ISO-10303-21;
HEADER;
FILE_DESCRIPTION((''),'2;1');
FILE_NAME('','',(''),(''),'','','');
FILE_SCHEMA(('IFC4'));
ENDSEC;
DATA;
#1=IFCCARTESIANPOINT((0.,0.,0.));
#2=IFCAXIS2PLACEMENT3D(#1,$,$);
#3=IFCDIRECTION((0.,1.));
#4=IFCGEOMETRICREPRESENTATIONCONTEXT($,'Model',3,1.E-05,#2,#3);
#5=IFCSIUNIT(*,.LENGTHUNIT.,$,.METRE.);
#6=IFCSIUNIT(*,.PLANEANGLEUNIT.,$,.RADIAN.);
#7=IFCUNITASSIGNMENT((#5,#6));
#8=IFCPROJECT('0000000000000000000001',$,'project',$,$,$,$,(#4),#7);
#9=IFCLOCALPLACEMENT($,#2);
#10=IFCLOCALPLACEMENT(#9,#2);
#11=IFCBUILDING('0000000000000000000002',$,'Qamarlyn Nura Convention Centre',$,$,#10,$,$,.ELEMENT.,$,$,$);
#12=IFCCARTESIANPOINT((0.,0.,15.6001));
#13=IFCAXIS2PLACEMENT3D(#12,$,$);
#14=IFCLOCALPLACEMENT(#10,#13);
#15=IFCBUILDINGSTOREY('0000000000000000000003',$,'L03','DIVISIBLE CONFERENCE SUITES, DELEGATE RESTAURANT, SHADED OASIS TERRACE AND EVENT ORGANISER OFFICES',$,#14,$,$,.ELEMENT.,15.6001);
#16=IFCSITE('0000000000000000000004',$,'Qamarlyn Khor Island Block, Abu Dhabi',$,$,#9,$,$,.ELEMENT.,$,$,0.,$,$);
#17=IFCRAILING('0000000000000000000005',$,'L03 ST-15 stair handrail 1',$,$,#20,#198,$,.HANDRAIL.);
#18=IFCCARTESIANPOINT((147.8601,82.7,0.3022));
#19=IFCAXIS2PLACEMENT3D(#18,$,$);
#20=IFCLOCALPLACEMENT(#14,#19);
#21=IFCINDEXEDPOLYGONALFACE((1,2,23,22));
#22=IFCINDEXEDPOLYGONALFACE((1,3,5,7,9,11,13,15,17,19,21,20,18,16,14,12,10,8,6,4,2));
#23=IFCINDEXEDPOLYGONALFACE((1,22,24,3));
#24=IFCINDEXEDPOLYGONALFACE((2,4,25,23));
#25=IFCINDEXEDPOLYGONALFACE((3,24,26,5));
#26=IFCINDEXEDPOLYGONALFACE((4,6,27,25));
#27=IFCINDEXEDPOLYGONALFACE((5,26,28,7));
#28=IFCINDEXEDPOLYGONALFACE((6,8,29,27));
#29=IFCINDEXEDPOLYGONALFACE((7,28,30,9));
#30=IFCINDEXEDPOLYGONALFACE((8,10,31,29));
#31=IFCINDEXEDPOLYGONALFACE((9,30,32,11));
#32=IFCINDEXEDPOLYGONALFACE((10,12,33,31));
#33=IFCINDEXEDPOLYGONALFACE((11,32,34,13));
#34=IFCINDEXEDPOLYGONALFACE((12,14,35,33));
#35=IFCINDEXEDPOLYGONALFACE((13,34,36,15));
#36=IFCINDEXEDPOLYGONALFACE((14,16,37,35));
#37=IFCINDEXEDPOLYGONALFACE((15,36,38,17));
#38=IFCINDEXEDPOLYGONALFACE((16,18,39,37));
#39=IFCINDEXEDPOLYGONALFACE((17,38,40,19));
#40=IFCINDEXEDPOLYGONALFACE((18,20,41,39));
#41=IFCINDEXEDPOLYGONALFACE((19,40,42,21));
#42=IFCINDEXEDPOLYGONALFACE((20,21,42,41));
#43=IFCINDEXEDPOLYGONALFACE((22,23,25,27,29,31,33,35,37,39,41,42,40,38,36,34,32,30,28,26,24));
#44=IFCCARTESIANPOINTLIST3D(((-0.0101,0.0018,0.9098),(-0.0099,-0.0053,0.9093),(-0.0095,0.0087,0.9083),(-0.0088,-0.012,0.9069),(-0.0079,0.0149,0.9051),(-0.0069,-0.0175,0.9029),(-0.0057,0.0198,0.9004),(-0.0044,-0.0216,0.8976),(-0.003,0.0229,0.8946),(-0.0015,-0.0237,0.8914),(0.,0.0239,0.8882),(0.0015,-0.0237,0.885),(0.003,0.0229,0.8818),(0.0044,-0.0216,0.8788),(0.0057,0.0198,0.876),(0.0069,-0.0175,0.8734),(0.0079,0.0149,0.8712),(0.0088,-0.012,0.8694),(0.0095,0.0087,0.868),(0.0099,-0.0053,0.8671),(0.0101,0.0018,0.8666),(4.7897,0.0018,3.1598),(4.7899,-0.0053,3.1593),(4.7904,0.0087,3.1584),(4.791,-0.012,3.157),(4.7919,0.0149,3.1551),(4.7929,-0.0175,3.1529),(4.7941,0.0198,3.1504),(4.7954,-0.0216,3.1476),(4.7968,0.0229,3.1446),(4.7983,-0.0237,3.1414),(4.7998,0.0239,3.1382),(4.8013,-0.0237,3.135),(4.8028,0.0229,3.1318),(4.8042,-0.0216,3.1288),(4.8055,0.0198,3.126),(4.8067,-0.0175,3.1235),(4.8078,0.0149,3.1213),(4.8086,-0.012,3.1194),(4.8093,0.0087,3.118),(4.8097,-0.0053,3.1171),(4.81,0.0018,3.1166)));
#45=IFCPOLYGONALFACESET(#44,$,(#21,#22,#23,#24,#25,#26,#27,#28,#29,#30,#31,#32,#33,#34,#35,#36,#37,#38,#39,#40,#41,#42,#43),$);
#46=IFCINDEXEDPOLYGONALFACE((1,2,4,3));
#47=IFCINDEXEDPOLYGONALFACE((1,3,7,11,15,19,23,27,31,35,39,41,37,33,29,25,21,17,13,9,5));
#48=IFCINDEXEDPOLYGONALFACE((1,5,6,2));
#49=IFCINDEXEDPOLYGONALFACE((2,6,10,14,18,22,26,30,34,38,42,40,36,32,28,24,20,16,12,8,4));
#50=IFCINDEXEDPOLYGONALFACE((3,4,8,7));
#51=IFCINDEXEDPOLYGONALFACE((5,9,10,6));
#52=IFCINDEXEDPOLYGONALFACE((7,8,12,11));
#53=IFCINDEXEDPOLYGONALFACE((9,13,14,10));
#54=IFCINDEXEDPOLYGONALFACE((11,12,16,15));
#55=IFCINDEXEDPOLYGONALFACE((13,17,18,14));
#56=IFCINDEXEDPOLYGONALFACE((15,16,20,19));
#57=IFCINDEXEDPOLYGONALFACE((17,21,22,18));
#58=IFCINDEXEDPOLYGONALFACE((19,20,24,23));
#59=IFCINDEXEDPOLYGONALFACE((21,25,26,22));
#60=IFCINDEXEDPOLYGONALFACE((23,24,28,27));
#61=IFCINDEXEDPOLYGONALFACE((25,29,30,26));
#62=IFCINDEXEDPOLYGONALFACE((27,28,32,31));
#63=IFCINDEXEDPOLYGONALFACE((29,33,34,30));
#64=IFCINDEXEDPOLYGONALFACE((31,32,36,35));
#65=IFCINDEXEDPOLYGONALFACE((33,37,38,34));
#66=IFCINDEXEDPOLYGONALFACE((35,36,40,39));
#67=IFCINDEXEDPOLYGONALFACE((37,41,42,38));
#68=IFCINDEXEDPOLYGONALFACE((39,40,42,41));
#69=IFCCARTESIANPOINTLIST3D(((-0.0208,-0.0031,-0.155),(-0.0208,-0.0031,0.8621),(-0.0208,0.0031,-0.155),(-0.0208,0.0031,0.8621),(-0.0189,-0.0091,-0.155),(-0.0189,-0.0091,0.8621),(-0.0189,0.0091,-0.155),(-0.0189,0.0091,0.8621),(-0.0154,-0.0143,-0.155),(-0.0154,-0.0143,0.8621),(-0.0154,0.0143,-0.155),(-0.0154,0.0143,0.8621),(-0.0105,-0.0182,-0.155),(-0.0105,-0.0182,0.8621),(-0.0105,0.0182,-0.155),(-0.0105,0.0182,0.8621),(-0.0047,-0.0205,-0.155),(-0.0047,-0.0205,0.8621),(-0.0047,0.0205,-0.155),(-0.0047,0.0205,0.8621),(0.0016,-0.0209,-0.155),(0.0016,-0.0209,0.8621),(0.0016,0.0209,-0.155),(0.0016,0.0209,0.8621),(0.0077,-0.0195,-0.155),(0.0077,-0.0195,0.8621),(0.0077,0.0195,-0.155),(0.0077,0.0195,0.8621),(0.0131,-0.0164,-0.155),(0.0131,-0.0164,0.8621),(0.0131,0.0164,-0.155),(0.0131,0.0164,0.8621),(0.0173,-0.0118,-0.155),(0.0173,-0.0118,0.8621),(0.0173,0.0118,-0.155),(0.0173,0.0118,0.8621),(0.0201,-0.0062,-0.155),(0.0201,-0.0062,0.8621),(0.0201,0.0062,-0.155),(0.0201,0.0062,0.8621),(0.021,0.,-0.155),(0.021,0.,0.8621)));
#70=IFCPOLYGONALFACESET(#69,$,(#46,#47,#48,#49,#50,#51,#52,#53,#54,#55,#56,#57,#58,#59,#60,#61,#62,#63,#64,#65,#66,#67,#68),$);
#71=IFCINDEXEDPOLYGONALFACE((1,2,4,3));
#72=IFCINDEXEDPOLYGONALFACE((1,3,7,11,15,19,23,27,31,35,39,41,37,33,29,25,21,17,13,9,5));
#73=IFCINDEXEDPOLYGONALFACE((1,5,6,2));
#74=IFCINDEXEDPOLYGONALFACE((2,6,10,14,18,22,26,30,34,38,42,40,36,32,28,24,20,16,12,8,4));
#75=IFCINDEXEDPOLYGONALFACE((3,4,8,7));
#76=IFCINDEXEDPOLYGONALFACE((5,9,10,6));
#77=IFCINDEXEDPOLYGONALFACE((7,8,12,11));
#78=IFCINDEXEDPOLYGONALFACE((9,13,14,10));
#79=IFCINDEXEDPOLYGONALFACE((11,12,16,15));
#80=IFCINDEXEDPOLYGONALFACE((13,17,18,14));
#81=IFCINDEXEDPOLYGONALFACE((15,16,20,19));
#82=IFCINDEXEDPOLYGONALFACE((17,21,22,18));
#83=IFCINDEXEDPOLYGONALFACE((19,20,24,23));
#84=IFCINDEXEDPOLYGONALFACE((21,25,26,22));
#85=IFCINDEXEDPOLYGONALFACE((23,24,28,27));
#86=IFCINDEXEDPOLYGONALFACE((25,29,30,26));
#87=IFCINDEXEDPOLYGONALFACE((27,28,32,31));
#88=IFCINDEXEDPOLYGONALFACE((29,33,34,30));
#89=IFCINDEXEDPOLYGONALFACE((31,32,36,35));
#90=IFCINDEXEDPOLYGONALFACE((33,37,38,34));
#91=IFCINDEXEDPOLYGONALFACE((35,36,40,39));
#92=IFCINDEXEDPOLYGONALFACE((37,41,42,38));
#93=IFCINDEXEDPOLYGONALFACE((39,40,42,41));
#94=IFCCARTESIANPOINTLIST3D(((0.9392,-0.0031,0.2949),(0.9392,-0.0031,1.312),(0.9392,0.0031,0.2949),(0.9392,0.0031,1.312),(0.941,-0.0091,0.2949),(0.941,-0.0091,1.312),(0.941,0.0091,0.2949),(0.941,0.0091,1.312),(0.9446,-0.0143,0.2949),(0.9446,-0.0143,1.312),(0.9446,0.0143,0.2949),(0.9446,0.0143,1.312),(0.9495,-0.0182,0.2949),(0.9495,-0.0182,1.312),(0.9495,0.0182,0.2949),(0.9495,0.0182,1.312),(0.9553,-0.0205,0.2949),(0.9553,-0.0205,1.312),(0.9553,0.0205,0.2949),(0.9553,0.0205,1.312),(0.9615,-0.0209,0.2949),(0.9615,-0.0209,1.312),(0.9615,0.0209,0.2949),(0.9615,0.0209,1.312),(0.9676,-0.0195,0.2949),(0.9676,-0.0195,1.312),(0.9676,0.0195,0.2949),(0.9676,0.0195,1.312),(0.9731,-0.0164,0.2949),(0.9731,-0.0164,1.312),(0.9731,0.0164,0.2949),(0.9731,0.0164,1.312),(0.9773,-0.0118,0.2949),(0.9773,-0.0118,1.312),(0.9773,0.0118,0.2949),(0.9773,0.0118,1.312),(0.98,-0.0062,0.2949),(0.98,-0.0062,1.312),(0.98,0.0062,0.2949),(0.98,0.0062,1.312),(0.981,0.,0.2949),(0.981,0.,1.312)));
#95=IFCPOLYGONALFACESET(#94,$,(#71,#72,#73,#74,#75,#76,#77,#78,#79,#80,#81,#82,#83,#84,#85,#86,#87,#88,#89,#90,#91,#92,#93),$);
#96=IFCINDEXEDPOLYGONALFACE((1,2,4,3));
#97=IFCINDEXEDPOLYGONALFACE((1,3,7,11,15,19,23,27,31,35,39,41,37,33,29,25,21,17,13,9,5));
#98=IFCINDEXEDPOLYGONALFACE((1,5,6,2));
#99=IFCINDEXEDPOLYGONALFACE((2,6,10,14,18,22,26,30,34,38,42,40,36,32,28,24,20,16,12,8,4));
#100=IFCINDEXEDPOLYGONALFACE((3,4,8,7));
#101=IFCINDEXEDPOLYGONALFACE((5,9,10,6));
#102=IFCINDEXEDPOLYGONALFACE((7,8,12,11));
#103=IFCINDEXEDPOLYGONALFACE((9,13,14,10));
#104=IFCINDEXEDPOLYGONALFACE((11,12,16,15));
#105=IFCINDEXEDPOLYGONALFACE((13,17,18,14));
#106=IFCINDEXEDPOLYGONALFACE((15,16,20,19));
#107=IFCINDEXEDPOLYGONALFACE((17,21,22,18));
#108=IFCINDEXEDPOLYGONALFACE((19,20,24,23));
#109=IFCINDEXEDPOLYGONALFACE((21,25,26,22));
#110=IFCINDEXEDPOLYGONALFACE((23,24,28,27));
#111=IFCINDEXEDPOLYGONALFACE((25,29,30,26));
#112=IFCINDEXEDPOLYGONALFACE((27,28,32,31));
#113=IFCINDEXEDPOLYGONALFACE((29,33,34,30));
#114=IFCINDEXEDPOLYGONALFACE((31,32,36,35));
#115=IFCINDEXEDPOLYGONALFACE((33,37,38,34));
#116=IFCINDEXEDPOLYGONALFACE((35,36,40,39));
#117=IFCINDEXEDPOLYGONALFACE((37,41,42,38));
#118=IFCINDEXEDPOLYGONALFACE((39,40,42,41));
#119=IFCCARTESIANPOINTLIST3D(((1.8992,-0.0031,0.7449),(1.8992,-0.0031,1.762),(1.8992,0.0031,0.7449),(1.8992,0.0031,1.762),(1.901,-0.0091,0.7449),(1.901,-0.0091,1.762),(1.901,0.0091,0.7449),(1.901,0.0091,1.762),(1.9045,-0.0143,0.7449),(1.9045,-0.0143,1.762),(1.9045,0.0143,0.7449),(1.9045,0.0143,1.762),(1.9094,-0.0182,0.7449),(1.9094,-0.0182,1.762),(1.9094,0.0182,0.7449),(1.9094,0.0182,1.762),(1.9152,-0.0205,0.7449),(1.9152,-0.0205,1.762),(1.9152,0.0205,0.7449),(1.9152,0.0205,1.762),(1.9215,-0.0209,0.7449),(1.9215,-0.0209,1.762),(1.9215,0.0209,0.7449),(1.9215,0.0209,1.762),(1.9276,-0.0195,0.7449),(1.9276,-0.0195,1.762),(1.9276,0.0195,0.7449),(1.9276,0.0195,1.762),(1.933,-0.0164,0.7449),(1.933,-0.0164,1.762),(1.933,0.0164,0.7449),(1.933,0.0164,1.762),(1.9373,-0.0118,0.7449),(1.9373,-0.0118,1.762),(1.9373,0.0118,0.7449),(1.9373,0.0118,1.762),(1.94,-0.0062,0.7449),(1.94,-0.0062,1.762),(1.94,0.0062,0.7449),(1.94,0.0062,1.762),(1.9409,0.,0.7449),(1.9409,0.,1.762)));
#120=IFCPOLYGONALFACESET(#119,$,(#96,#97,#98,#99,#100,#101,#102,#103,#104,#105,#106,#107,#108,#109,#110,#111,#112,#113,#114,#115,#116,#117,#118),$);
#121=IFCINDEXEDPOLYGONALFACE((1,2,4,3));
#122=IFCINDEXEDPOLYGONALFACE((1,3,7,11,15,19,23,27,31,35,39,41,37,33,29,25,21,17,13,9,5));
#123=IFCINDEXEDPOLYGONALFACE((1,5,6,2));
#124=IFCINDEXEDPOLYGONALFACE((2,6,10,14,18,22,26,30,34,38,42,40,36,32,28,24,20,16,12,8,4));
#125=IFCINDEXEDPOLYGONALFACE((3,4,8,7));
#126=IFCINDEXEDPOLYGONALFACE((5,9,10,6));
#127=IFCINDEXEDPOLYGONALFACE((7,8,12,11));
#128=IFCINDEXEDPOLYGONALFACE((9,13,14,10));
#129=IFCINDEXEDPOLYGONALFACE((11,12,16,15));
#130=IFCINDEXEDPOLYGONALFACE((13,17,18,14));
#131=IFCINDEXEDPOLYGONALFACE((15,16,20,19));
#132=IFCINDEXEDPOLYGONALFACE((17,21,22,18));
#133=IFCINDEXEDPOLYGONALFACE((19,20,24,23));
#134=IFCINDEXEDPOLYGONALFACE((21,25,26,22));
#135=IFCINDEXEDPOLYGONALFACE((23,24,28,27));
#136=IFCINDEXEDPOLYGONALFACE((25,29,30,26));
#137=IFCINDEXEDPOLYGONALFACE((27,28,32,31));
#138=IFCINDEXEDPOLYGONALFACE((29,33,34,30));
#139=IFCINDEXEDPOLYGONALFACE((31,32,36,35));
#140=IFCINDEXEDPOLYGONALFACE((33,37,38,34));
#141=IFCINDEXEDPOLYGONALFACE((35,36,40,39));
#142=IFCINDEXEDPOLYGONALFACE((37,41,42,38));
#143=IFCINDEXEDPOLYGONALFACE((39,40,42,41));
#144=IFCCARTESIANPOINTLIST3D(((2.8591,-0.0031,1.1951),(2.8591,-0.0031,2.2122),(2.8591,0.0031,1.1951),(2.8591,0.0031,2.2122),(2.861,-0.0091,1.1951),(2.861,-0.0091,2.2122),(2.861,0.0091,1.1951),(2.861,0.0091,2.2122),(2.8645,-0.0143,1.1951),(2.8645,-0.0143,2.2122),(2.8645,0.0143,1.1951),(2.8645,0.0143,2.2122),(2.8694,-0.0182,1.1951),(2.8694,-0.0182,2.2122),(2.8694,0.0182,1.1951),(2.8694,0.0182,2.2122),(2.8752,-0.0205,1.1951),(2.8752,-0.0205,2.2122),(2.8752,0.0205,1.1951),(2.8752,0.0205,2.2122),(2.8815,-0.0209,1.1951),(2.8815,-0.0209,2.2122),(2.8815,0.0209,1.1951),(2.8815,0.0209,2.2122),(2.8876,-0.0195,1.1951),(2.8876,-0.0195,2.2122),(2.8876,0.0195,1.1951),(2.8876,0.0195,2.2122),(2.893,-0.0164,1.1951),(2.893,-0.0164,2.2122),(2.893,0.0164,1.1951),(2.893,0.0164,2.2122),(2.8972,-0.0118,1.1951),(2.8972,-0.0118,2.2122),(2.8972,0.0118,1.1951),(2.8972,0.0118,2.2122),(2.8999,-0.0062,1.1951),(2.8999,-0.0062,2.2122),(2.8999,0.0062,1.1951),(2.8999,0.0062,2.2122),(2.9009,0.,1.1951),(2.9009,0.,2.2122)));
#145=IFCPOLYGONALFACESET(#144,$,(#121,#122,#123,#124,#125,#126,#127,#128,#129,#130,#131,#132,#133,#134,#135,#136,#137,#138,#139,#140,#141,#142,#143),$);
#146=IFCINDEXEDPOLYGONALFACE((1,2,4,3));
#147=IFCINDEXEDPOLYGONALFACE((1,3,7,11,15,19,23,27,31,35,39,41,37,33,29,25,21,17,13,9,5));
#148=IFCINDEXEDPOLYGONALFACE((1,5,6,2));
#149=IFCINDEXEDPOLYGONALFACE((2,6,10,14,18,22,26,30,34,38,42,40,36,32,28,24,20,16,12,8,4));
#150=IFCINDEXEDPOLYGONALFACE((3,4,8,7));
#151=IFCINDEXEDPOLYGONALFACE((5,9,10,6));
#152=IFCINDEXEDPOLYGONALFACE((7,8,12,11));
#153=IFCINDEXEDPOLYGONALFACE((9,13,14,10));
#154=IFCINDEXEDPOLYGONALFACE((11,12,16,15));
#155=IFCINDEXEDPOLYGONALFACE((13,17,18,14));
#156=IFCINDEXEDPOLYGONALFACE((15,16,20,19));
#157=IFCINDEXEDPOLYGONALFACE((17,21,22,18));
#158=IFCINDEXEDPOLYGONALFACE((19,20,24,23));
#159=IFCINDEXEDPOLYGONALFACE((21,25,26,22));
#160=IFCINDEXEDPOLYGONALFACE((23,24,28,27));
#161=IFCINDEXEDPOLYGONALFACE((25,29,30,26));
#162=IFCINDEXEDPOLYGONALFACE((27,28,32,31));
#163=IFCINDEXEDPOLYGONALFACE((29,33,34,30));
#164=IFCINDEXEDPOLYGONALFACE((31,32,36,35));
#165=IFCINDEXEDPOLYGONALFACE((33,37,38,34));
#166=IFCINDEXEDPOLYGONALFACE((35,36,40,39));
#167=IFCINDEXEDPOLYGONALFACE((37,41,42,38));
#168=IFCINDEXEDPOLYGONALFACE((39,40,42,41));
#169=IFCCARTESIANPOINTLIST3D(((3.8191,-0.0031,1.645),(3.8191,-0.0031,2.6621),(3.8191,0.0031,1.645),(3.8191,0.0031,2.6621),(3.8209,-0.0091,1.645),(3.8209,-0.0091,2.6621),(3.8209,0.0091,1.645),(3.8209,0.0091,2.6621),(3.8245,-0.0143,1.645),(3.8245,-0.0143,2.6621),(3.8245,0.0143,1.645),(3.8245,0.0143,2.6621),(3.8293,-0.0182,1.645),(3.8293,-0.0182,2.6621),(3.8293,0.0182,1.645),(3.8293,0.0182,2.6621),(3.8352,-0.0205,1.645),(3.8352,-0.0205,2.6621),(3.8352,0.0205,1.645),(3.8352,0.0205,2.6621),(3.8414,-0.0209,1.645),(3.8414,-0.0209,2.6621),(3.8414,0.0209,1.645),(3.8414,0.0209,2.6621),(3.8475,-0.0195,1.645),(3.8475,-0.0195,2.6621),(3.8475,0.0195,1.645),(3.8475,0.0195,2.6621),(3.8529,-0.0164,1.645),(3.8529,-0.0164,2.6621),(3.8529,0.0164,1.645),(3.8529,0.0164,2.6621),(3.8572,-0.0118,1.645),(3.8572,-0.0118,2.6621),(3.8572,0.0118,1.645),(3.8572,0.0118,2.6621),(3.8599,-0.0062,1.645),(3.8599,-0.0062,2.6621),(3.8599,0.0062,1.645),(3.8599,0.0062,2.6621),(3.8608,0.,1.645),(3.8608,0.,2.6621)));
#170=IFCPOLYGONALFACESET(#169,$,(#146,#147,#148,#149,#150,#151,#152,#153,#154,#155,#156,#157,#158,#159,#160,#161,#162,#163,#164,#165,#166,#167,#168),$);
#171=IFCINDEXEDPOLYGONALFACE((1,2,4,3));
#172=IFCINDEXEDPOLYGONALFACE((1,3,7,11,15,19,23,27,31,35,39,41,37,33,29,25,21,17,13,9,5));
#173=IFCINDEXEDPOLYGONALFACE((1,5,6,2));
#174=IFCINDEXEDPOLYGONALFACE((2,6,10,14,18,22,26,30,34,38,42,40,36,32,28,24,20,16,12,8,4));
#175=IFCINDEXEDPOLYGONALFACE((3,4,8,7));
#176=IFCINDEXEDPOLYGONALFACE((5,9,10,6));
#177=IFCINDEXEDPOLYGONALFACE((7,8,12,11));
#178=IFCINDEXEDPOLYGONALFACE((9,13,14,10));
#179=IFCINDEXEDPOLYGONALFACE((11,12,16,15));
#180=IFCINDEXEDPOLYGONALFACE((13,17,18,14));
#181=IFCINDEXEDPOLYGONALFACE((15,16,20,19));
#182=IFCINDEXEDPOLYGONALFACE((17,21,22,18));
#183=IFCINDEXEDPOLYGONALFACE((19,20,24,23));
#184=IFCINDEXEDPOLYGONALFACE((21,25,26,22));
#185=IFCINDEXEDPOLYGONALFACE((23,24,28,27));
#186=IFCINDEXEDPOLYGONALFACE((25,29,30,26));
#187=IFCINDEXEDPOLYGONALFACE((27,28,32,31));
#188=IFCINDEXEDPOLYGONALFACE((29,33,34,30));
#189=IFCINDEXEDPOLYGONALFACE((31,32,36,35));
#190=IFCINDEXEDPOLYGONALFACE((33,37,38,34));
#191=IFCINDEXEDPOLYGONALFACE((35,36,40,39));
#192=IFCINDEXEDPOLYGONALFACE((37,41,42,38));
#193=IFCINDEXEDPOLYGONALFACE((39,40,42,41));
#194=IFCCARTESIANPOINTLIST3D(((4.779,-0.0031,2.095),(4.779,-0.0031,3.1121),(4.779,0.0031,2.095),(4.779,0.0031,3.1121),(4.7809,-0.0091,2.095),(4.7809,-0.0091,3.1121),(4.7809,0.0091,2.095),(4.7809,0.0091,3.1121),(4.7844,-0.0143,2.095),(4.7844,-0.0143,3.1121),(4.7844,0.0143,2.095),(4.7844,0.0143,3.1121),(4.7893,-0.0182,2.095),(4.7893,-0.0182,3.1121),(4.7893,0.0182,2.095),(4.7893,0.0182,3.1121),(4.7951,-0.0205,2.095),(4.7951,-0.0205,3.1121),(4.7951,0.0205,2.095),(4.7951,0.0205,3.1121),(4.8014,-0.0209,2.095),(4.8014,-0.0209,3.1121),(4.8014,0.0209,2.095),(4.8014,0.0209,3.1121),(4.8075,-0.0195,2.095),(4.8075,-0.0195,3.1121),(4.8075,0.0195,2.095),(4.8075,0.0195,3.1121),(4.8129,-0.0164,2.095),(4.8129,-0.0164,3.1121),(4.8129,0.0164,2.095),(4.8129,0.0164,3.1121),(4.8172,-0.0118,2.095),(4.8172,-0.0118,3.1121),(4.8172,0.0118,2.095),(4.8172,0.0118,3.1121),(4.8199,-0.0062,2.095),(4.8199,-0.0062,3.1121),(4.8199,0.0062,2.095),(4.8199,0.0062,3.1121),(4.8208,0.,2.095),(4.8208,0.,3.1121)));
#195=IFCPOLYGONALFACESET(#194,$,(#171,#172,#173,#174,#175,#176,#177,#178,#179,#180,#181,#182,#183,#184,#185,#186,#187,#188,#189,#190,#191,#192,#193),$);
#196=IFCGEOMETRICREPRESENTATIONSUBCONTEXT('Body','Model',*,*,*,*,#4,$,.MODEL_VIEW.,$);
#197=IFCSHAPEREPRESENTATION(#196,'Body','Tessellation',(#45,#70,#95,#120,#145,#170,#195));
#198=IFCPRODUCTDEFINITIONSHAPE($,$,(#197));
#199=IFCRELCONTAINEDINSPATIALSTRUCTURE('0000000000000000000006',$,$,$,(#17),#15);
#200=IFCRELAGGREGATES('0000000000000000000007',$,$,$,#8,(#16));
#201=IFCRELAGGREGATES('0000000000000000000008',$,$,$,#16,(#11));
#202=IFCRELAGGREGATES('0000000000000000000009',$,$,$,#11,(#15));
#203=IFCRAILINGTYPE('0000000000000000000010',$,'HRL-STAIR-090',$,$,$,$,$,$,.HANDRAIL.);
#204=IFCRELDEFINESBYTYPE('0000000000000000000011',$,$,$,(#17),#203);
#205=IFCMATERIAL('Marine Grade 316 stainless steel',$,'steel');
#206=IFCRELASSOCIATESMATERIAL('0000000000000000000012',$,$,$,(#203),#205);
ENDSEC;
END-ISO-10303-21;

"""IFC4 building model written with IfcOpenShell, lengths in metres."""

from ifc_helpers import new_model, si_unit, direction, frame, origin, origin_2d, place, context, subcontext, project, spatial, circle, extrude, material, type_object, element, save


model = new_model("IFC4")

# Units and contexts
model_context = context("Model", 3, precision=1e-05, world=origin(), true_north=direction((0.0, 1.0)))
body_context = subcontext(model_context, "Body", "Model", "MODEL_VIEW")
ifc_project = project(units=[si_unit("LENGTHUNIT", "METRE"), si_unit("PLANEANGLEUNIT", "RADIAN")], contexts=[model_context])

# Site, building, storey
site_placement = place(None, origin())
site = spatial("IfcSite", under=ifc_project, at=site_placement, Name="Qamarlyn Khor Island Block, Abu Dhabi", CompositionType="ELEMENT", RefElevation=0.0)
building_placement = place(site_placement, origin())
building = spatial("IfcBuilding", under=site, at=building_placement, Name="Qamarlyn Nura Convention Centre", CompositionType="ELEMENT")
storey_placement = place(building_placement, frame((0.0, 0.0, 15.6001)))
storey = spatial("IfcBuildingStorey", under=building, at=storey_placement, Name="L03", Description="DIVISIBLE CONFERENCE SUITES, DELEGATE RESTAURANT, SHADED OASIS TERRACE AND EVENT ORGANISER OFFICES", CompositionType="ELEMENT", Elevation=15.6001)

# Railing
ifc_material_1 = material(Name="Marine Grade 316 stainless steel", Category="steel")
railing_type_1 = type_object("IfcRailingType", Name="HRL-STAIR-090", PredefinedType="HANDRAIL", material=ifc_material_1)
railing_1_placement = place(storey_placement, frame((147.8601, 82.7, 0.3022)))
element("IfcRailing", 1, at=railing_1_placement, inside=storey, type_object=railing_type_1, Name="L03 ST-15 stair handrail 1", PredefinedType="HANDRAIL", context=body_context, shape_type="SweptSolid", body=[
    extrude(circle(Radius=0.0239, at=origin_2d()), frame((0.0, 0.0, 0.8882), z_axis=(0.905452, 0.0, 0.424448), x_axis=(0.0, 1.0, 0.0)), (0.0, 0.0, 1.0), 5.301),
    extrude(circle(Radius=0.021, at=origin_2d()), frame((0.0, 0.0, -0.155)), (0.0, 0.0, 1.0), 1.0171),
    extrude(circle(Radius=0.021, at=origin_2d()), frame((0.96, 0.0, 0.2949)), (0.0, 0.0, 1.0), 1.0171),
    extrude(circle(Radius=0.021, at=origin_2d()), frame((1.9199, 0.0, 0.7449)), (0.0, 0.0, 1.0), 1.0171),
    extrude(circle(Radius=0.021, at=origin_2d()), frame((2.8799, 0.0, 1.1951)), (0.0, 0.0, 1.0), 1.0171),
    extrude(circle(Radius=0.021, at=origin_2d()), frame((3.8398, 0.0, 1.645)), (0.0, 0.0, 1.0), 1.0171),
    extrude(circle(Radius=0.021, at=origin_2d()), frame((4.7998, 0.0, 2.095)), (0.0, 0.0, 1.0), 1.0171),
])

save(model, "model.ifc")
